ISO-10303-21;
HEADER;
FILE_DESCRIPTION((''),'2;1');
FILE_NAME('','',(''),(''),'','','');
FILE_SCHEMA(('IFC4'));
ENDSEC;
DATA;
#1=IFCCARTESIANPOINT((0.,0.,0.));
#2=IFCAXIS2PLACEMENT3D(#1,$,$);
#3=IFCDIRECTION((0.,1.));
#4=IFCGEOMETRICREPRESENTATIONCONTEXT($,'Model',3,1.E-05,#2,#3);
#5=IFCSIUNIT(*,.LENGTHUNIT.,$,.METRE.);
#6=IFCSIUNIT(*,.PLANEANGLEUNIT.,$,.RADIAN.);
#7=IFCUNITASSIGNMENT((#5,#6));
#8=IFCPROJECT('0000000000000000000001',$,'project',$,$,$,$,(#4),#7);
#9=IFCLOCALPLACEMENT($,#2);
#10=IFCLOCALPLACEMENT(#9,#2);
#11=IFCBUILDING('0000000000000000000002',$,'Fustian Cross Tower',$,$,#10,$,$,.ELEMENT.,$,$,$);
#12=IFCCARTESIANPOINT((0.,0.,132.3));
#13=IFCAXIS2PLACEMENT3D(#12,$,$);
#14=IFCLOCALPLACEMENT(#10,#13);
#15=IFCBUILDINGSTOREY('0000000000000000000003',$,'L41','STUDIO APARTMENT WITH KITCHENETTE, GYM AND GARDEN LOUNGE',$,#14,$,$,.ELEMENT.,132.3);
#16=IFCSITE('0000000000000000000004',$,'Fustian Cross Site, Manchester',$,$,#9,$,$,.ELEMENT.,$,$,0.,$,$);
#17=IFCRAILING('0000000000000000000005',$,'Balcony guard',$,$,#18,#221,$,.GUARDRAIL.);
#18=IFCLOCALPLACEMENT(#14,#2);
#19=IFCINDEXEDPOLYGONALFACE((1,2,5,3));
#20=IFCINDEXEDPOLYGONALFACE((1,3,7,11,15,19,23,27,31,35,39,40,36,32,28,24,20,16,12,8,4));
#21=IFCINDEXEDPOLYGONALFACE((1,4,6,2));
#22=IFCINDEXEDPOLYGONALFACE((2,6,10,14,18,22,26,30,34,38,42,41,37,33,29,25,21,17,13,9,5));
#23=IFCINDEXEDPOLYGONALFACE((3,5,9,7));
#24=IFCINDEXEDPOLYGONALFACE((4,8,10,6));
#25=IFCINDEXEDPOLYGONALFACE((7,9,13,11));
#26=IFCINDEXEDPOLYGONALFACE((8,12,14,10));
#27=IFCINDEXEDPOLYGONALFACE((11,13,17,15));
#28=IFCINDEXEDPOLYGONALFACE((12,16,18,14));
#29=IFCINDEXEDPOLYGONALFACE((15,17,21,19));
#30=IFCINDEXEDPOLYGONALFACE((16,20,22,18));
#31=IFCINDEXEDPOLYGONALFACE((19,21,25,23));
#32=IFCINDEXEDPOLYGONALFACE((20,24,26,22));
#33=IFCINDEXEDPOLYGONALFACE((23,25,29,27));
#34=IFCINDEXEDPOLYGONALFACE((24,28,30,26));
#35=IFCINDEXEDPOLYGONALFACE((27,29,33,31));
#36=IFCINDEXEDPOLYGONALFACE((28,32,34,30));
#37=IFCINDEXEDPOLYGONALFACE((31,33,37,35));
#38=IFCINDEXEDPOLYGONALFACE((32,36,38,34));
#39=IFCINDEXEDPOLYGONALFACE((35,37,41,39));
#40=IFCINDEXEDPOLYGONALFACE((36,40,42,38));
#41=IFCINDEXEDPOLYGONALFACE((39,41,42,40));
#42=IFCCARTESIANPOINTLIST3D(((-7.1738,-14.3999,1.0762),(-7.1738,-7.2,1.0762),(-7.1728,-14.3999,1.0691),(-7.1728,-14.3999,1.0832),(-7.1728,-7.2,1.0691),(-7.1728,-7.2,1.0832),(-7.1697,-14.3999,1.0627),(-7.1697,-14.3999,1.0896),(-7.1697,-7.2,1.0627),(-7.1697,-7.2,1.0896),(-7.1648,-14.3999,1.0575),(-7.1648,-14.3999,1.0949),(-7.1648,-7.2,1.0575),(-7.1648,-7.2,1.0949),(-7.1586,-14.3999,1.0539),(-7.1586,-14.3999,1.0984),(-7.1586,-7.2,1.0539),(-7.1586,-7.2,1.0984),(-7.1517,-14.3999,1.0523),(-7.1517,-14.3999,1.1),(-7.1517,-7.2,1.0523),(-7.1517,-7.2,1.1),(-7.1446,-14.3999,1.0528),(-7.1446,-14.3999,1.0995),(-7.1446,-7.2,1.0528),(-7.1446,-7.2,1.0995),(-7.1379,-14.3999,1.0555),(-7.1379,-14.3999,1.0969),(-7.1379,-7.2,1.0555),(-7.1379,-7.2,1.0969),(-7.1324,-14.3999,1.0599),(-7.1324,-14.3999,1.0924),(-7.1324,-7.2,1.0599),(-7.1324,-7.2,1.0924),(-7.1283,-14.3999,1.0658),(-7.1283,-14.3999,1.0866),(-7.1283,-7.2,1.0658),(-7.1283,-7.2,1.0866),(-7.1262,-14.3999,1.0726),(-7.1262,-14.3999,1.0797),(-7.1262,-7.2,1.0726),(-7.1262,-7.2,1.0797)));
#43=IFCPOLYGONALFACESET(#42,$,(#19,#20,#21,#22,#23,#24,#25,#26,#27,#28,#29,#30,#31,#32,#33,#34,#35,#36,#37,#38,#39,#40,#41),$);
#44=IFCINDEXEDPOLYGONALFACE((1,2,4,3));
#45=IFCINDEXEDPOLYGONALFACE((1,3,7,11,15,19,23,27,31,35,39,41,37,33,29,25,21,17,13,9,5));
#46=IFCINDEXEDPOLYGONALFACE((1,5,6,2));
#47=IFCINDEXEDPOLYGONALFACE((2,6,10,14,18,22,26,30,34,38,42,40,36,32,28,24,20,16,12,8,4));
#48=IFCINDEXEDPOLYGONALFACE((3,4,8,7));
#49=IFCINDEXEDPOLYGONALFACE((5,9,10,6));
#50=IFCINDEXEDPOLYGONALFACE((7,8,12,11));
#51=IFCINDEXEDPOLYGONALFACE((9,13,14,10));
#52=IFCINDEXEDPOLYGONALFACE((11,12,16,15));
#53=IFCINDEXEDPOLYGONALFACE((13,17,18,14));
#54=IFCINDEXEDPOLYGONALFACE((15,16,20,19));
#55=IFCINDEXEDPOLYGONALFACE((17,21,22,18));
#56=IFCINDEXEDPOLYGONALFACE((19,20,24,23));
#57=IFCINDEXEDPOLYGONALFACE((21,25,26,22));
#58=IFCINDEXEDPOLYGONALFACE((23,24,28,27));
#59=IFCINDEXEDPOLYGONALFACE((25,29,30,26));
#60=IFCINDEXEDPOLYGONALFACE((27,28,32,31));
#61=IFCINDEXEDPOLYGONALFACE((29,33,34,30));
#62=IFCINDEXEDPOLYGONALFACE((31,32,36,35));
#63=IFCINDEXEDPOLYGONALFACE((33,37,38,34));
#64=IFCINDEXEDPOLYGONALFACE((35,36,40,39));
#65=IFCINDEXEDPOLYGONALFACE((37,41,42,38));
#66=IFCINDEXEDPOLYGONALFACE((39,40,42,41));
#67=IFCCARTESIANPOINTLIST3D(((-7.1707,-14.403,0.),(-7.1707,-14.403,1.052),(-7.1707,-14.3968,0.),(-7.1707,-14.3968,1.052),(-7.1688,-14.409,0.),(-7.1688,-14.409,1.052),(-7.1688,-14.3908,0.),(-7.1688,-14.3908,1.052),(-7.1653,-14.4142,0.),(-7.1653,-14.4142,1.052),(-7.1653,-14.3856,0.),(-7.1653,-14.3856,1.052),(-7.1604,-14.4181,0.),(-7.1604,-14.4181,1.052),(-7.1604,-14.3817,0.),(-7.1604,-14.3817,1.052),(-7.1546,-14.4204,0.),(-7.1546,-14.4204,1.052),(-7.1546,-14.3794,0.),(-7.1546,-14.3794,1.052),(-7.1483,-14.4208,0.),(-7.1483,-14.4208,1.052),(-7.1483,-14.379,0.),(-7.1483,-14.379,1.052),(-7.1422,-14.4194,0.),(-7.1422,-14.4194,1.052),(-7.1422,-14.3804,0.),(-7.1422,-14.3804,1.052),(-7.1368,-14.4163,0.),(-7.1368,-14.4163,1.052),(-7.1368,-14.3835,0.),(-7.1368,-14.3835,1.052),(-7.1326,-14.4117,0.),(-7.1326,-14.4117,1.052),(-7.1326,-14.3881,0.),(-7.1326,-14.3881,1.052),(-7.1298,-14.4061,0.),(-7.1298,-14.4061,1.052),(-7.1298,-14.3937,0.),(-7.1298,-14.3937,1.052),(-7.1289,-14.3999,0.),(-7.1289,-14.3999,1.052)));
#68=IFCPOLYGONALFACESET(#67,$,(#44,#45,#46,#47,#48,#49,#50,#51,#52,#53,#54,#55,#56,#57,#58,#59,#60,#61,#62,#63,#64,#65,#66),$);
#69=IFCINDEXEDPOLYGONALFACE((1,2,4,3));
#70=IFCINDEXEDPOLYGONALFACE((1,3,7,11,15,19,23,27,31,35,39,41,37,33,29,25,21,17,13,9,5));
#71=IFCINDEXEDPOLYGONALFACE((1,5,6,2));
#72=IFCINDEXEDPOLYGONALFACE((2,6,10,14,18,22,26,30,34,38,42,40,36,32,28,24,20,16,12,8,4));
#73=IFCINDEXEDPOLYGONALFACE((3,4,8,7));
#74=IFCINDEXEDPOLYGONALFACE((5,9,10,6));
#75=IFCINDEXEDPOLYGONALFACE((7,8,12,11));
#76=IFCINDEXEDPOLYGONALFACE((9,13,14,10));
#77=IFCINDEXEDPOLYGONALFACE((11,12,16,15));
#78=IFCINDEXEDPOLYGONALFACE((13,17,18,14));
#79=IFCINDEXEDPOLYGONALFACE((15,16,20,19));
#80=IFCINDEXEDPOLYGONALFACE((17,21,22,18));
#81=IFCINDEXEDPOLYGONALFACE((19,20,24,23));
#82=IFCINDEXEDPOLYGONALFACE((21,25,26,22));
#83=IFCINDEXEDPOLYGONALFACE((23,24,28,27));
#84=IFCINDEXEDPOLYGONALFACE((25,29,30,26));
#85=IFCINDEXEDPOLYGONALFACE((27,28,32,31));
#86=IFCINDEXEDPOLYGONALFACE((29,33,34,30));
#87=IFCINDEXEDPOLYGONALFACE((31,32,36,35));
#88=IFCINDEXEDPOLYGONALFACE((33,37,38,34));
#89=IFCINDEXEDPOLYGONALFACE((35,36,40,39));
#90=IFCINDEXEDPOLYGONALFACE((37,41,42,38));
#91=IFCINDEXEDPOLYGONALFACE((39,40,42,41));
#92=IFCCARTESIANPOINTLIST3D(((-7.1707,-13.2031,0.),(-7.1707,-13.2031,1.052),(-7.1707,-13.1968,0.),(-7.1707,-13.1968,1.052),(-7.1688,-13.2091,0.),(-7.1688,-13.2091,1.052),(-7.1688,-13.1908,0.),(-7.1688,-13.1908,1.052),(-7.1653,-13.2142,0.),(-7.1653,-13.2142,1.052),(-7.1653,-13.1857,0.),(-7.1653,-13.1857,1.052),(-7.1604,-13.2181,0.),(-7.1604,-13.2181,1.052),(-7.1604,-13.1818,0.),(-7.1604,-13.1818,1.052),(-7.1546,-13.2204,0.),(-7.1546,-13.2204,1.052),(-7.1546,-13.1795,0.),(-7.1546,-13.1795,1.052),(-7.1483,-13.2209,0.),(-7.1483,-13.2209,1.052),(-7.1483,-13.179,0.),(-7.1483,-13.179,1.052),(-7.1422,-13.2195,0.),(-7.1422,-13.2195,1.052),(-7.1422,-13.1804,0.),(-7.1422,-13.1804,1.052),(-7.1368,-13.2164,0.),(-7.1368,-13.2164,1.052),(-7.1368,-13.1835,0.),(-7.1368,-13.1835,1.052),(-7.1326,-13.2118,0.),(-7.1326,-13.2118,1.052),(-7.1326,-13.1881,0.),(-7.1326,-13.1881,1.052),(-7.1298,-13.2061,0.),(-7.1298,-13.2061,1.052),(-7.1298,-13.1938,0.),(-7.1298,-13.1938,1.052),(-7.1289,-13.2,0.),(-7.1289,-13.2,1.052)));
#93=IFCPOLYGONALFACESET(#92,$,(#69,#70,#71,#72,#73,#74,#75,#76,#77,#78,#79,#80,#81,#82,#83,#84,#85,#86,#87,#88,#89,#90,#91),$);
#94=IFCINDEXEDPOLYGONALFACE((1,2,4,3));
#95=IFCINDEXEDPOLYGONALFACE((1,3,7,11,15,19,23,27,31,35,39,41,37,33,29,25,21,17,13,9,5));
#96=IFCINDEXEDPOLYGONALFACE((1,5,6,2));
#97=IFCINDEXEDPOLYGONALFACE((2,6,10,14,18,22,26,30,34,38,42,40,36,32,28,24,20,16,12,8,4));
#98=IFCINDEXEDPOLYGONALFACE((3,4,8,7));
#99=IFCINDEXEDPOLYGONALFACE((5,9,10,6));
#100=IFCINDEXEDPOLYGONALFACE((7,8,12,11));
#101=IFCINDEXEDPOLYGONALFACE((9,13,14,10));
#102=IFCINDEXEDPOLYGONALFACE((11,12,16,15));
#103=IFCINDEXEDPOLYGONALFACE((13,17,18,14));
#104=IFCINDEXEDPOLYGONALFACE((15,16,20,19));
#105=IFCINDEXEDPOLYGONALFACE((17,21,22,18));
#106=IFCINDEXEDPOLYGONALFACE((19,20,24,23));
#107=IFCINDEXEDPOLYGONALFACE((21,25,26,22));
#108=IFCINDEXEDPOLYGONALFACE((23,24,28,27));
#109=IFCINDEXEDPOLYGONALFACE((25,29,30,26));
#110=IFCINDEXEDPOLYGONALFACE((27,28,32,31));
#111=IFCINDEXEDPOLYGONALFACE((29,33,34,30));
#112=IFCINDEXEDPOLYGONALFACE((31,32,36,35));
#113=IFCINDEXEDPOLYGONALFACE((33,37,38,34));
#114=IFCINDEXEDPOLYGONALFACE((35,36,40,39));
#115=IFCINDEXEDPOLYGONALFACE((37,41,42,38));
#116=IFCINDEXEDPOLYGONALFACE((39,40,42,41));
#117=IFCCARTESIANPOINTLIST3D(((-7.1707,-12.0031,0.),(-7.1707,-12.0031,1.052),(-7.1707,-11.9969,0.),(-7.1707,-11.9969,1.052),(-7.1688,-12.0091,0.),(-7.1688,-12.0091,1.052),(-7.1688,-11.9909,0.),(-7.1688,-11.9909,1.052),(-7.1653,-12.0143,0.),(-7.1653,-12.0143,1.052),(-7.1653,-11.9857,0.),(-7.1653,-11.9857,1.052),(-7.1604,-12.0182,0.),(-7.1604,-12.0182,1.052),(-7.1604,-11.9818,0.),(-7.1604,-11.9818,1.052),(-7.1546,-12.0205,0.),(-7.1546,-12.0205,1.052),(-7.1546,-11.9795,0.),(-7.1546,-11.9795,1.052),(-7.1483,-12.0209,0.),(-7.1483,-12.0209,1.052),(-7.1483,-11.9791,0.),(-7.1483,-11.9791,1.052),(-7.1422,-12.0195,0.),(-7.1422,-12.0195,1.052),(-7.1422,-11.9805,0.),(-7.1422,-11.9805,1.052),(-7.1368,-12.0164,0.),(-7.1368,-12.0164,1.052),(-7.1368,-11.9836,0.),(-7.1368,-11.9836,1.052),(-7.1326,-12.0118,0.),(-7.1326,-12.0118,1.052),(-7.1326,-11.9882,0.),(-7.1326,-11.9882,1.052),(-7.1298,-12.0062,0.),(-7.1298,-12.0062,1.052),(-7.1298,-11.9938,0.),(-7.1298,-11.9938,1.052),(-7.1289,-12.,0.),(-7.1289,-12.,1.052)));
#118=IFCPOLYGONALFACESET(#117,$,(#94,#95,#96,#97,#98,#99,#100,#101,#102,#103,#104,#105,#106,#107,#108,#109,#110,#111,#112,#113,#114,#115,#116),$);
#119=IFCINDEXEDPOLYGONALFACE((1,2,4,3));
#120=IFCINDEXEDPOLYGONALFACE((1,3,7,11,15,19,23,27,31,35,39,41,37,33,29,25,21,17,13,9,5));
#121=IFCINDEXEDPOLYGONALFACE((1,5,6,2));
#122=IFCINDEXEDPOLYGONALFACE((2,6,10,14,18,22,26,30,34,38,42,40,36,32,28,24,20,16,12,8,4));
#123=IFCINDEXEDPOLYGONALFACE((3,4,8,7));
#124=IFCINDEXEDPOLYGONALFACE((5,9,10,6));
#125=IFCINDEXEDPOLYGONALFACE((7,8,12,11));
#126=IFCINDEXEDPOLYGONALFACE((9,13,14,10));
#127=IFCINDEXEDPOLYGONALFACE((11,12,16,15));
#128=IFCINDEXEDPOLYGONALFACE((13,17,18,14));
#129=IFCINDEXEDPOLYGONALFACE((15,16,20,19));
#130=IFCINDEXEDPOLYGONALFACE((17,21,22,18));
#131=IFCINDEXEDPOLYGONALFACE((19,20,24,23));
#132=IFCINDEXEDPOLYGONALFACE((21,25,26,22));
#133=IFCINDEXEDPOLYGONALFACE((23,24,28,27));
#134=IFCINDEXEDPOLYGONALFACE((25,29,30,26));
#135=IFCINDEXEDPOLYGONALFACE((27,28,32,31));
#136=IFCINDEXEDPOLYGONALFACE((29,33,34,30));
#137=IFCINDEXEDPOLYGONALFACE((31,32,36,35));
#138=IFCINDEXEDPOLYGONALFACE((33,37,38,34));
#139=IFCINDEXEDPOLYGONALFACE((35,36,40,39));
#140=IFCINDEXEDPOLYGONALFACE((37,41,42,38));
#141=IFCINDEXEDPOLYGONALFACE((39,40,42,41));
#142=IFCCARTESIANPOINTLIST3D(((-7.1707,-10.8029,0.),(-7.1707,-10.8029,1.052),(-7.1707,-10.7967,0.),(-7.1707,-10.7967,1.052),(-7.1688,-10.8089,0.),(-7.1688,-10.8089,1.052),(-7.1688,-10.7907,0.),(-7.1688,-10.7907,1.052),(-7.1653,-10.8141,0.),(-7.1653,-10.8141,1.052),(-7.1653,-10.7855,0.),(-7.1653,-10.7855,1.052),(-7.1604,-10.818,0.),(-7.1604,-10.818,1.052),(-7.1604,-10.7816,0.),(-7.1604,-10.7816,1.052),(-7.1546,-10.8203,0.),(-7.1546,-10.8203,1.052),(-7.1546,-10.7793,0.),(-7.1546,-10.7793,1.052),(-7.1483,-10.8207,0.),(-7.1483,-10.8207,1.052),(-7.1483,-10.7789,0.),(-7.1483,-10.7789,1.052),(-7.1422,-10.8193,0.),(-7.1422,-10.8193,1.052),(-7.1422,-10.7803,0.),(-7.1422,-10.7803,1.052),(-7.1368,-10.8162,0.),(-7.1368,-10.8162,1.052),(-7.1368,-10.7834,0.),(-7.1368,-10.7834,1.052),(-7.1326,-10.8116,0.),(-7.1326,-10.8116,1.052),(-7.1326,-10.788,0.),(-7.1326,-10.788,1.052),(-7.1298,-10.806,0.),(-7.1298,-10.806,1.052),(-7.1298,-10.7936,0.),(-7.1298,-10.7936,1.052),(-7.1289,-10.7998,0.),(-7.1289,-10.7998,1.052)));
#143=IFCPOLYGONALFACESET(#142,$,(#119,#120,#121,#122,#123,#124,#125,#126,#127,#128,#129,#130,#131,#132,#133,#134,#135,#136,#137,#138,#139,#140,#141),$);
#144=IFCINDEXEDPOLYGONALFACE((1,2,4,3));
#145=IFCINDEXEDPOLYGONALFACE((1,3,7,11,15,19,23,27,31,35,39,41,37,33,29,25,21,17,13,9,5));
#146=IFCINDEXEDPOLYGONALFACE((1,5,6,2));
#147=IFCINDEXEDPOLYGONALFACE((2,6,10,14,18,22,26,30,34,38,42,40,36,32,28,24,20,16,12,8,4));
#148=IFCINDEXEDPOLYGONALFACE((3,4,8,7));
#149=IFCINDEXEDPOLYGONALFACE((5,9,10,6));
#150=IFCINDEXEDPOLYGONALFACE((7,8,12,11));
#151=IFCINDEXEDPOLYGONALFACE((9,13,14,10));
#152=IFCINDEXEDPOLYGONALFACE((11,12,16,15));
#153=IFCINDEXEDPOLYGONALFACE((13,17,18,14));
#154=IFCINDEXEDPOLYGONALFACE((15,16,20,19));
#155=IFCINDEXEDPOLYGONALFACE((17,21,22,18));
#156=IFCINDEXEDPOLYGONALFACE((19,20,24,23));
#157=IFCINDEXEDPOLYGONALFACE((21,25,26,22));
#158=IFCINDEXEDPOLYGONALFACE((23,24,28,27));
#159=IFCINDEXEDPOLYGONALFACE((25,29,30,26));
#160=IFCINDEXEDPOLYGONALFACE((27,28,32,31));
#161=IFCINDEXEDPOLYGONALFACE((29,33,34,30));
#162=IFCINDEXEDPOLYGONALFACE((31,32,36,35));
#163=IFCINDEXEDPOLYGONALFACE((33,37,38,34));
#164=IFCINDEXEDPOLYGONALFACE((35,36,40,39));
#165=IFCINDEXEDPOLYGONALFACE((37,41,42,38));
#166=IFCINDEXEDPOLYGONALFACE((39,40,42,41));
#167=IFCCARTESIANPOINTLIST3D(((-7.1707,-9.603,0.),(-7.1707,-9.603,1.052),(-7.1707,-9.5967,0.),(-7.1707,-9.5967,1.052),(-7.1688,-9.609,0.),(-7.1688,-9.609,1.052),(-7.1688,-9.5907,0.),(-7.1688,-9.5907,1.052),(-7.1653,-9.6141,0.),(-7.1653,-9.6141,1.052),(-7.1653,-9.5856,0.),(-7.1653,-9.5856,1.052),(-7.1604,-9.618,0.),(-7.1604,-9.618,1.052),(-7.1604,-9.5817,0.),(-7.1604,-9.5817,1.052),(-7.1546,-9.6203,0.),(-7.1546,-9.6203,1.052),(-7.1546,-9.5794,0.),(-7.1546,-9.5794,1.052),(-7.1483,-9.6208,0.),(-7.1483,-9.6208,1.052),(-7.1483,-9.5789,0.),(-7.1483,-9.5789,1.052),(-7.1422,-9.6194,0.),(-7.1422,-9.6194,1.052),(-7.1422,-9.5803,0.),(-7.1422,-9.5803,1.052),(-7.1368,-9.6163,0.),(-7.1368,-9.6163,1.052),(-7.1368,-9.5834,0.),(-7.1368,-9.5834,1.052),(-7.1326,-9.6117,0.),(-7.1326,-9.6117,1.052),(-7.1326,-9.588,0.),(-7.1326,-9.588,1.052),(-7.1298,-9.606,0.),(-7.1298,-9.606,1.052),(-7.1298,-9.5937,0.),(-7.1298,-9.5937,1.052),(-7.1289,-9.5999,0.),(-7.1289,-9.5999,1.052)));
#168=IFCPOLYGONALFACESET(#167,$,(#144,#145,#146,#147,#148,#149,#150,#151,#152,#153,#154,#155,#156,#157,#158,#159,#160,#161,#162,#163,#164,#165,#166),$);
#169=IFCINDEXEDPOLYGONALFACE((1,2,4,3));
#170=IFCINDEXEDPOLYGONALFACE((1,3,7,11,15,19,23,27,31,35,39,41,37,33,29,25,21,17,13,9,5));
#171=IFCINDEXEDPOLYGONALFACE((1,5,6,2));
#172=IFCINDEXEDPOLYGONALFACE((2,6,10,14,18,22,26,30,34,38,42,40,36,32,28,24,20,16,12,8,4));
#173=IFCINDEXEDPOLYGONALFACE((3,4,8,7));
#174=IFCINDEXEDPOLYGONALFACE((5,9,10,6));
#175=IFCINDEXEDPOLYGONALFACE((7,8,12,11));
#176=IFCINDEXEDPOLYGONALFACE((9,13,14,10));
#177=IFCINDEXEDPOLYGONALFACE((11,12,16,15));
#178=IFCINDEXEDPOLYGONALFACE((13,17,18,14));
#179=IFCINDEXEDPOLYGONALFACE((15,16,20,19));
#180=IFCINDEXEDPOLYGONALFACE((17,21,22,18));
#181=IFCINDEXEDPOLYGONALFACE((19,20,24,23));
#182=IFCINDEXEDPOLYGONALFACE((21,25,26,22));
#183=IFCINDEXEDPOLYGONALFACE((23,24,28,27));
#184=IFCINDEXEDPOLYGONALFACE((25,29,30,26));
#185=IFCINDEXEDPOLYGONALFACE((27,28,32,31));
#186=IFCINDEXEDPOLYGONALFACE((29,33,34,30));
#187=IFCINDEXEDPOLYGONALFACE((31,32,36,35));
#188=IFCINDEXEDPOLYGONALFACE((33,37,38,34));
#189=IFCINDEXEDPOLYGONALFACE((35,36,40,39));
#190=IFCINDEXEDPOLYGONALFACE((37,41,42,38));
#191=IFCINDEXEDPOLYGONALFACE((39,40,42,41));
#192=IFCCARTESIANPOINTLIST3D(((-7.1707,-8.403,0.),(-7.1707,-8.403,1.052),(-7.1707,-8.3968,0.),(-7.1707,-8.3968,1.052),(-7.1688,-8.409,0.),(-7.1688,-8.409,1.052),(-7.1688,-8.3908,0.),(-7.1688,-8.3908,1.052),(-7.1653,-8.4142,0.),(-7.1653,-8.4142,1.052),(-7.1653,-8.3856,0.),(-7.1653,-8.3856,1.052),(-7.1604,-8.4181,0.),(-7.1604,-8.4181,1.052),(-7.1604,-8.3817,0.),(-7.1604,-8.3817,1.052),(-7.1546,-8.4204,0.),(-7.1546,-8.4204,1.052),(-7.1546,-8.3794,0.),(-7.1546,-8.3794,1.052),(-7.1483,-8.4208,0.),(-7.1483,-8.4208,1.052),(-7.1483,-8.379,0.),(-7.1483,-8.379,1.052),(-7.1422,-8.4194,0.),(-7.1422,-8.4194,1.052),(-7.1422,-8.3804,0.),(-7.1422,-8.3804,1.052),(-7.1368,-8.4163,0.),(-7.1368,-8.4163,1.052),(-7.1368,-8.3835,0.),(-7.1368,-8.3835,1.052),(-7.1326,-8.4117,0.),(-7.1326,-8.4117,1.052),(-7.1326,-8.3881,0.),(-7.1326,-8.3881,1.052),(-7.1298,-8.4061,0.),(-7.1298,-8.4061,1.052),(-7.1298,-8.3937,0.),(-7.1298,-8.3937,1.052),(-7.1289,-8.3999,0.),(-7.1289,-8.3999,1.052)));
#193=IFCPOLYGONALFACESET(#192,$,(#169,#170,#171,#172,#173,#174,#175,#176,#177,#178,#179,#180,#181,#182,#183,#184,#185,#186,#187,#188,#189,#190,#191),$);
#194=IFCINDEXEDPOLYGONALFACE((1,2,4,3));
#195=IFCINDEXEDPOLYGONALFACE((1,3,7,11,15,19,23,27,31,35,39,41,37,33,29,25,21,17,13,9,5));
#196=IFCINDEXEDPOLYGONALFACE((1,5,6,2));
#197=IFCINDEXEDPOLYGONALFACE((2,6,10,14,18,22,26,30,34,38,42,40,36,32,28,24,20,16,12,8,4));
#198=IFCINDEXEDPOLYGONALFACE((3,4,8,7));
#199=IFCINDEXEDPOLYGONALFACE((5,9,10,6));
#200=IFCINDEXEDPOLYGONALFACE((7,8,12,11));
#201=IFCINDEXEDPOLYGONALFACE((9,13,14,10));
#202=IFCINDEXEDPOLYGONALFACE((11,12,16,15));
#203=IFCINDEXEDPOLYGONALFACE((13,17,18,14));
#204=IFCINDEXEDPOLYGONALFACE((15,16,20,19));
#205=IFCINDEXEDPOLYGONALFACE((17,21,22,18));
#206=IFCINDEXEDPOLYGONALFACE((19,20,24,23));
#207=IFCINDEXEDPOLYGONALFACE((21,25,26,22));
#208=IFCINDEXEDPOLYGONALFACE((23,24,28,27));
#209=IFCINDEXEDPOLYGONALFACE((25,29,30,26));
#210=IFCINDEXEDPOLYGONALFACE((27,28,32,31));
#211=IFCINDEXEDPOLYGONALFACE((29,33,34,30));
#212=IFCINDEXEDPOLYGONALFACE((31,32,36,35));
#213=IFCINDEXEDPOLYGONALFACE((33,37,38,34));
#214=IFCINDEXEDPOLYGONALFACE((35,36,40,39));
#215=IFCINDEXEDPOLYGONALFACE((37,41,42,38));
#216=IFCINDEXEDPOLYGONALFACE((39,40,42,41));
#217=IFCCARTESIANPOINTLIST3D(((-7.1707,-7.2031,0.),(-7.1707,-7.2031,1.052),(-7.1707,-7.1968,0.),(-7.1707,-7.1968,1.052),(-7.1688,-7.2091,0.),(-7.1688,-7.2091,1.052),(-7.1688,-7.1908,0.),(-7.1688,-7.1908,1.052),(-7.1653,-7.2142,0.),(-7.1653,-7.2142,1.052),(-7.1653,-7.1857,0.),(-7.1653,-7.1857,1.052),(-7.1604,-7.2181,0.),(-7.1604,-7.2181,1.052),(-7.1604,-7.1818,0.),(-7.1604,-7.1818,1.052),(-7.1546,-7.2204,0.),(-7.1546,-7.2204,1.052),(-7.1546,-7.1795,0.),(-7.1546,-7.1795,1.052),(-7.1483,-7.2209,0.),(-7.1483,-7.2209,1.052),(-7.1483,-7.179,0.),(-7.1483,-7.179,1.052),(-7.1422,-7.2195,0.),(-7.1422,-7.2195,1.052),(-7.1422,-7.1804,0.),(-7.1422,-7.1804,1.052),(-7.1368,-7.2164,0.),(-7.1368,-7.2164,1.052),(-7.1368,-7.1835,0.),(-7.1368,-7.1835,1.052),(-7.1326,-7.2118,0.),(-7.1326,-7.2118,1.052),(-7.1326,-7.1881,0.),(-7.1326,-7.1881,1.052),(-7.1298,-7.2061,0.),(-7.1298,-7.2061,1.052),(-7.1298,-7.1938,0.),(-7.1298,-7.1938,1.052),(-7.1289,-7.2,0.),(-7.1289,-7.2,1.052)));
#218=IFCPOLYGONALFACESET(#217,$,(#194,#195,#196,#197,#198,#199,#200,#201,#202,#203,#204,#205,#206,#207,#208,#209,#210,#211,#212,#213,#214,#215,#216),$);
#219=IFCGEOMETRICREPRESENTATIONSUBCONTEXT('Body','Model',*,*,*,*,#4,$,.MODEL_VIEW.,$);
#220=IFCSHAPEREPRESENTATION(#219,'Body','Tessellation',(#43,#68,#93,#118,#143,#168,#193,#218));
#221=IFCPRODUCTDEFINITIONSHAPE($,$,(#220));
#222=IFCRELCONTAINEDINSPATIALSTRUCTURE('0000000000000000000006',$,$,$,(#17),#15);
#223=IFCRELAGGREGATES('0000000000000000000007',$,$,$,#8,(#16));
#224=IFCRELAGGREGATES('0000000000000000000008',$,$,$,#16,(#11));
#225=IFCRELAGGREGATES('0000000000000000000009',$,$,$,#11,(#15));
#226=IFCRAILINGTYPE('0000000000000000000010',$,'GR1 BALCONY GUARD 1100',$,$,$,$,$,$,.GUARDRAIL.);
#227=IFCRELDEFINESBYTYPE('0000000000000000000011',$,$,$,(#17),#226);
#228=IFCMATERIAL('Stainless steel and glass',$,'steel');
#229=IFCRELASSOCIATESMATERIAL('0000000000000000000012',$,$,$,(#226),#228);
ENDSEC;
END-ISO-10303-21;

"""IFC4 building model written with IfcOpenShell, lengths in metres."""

from ifc_helpers import new_model, si_unit, direction, frame, origin, origin_2d, place, context, subcontext, project, spatial, circle, extrude, material, type_object, element, save


model = new_model("IFC4")

# Units and contexts
model_context = context("Model", 3, precision=1e-05, world=origin(), true_north=direction((0.0, 1.0)))
body_context = subcontext(model_context, "Body", "Model", "MODEL_VIEW")
ifc_project = project(units=[si_unit("LENGTHUNIT", "METRE"), si_unit("PLANEANGLEUNIT", "RADIAN")], contexts=[model_context])

# Site, building, storey
site_placement = place(None, origin())
site = spatial("IfcSite", under=ifc_project, at=site_placement, Name="Fustian Cross Site, Manchester", CompositionType="ELEMENT", RefElevation=0.0)
building_placement = place(site_placement, origin())
building = spatial("IfcBuilding", under=site, at=building_placement, Name="Fustian Cross Tower", CompositionType="ELEMENT")
storey_placement = place(building_placement, frame((0.0, 0.0, 132.3)))
storey = spatial("IfcBuildingStorey", under=building, at=storey_placement, Name="L41", Description="STUDIO APARTMENT WITH KITCHENETTE, GYM AND GARDEN LOUNGE", CompositionType="ELEMENT", Elevation=132.3)

# Railing
ifc_material_1 = material(Name="Stainless steel and glass", Category="steel")
railing_type = type_object("IfcRailingType", Name="GR1 BALCONY GUARD 1100", PredefinedType="GUARDRAIL", material=ifc_material_1)
railing_placement = place(storey_placement, frame((-7.1499, -14.3999, 0.0)))
element("IfcRailing", 1, at=railing_placement, inside=storey, type_object=railing_type, Name="Balcony guard", PredefinedType="GUARDRAIL", context=body_context, shape_type="SweptSolid", body=[
    extrude(circle(Radius=0.0239, at=origin_2d()), frame((0.0, 0.0, 1.0762), z_axis=(0.0, 1.0, 0.0), x_axis=(-1.0, 0.0, 0.0)), (0.0, 0.0, 1.0), 7.2),
    extrude(circle(Radius=0.021, at=origin_2d()), origin(), (0.0, 0.0, 1.0), 1.052),
    extrude(circle(Radius=0.021, at=origin_2d()), frame((0.0, 1.2, 0.0)), (0.0, 0.0, 1.0), 1.052),
    extrude(circle(Radius=0.021, at=origin_2d()), frame((0.0, 2.3999, 0.0)), (0.0, 0.0, 1.0), 1.052),
    extrude(circle(Radius=0.021, at=origin_2d()), frame((0.0, 3.6001, 0.0)), (0.0, 0.0, 1.0), 1.052),
    extrude(circle(Radius=0.021, at=origin_2d()), frame((0.0, 4.8, 0.0)), (0.0, 0.0, 1.0), 1.052),
    extrude(circle(Radius=0.021, at=origin_2d()), frame((0.0, 6.0, 0.0)), (0.0, 0.0, 1.0), 1.052),
    extrude(circle(Radius=0.021, at=origin_2d()), frame((0.0, 7.2, 0.0)), (0.0, 0.0, 1.0), 1.052),
])

save(model, "model.ifc")
